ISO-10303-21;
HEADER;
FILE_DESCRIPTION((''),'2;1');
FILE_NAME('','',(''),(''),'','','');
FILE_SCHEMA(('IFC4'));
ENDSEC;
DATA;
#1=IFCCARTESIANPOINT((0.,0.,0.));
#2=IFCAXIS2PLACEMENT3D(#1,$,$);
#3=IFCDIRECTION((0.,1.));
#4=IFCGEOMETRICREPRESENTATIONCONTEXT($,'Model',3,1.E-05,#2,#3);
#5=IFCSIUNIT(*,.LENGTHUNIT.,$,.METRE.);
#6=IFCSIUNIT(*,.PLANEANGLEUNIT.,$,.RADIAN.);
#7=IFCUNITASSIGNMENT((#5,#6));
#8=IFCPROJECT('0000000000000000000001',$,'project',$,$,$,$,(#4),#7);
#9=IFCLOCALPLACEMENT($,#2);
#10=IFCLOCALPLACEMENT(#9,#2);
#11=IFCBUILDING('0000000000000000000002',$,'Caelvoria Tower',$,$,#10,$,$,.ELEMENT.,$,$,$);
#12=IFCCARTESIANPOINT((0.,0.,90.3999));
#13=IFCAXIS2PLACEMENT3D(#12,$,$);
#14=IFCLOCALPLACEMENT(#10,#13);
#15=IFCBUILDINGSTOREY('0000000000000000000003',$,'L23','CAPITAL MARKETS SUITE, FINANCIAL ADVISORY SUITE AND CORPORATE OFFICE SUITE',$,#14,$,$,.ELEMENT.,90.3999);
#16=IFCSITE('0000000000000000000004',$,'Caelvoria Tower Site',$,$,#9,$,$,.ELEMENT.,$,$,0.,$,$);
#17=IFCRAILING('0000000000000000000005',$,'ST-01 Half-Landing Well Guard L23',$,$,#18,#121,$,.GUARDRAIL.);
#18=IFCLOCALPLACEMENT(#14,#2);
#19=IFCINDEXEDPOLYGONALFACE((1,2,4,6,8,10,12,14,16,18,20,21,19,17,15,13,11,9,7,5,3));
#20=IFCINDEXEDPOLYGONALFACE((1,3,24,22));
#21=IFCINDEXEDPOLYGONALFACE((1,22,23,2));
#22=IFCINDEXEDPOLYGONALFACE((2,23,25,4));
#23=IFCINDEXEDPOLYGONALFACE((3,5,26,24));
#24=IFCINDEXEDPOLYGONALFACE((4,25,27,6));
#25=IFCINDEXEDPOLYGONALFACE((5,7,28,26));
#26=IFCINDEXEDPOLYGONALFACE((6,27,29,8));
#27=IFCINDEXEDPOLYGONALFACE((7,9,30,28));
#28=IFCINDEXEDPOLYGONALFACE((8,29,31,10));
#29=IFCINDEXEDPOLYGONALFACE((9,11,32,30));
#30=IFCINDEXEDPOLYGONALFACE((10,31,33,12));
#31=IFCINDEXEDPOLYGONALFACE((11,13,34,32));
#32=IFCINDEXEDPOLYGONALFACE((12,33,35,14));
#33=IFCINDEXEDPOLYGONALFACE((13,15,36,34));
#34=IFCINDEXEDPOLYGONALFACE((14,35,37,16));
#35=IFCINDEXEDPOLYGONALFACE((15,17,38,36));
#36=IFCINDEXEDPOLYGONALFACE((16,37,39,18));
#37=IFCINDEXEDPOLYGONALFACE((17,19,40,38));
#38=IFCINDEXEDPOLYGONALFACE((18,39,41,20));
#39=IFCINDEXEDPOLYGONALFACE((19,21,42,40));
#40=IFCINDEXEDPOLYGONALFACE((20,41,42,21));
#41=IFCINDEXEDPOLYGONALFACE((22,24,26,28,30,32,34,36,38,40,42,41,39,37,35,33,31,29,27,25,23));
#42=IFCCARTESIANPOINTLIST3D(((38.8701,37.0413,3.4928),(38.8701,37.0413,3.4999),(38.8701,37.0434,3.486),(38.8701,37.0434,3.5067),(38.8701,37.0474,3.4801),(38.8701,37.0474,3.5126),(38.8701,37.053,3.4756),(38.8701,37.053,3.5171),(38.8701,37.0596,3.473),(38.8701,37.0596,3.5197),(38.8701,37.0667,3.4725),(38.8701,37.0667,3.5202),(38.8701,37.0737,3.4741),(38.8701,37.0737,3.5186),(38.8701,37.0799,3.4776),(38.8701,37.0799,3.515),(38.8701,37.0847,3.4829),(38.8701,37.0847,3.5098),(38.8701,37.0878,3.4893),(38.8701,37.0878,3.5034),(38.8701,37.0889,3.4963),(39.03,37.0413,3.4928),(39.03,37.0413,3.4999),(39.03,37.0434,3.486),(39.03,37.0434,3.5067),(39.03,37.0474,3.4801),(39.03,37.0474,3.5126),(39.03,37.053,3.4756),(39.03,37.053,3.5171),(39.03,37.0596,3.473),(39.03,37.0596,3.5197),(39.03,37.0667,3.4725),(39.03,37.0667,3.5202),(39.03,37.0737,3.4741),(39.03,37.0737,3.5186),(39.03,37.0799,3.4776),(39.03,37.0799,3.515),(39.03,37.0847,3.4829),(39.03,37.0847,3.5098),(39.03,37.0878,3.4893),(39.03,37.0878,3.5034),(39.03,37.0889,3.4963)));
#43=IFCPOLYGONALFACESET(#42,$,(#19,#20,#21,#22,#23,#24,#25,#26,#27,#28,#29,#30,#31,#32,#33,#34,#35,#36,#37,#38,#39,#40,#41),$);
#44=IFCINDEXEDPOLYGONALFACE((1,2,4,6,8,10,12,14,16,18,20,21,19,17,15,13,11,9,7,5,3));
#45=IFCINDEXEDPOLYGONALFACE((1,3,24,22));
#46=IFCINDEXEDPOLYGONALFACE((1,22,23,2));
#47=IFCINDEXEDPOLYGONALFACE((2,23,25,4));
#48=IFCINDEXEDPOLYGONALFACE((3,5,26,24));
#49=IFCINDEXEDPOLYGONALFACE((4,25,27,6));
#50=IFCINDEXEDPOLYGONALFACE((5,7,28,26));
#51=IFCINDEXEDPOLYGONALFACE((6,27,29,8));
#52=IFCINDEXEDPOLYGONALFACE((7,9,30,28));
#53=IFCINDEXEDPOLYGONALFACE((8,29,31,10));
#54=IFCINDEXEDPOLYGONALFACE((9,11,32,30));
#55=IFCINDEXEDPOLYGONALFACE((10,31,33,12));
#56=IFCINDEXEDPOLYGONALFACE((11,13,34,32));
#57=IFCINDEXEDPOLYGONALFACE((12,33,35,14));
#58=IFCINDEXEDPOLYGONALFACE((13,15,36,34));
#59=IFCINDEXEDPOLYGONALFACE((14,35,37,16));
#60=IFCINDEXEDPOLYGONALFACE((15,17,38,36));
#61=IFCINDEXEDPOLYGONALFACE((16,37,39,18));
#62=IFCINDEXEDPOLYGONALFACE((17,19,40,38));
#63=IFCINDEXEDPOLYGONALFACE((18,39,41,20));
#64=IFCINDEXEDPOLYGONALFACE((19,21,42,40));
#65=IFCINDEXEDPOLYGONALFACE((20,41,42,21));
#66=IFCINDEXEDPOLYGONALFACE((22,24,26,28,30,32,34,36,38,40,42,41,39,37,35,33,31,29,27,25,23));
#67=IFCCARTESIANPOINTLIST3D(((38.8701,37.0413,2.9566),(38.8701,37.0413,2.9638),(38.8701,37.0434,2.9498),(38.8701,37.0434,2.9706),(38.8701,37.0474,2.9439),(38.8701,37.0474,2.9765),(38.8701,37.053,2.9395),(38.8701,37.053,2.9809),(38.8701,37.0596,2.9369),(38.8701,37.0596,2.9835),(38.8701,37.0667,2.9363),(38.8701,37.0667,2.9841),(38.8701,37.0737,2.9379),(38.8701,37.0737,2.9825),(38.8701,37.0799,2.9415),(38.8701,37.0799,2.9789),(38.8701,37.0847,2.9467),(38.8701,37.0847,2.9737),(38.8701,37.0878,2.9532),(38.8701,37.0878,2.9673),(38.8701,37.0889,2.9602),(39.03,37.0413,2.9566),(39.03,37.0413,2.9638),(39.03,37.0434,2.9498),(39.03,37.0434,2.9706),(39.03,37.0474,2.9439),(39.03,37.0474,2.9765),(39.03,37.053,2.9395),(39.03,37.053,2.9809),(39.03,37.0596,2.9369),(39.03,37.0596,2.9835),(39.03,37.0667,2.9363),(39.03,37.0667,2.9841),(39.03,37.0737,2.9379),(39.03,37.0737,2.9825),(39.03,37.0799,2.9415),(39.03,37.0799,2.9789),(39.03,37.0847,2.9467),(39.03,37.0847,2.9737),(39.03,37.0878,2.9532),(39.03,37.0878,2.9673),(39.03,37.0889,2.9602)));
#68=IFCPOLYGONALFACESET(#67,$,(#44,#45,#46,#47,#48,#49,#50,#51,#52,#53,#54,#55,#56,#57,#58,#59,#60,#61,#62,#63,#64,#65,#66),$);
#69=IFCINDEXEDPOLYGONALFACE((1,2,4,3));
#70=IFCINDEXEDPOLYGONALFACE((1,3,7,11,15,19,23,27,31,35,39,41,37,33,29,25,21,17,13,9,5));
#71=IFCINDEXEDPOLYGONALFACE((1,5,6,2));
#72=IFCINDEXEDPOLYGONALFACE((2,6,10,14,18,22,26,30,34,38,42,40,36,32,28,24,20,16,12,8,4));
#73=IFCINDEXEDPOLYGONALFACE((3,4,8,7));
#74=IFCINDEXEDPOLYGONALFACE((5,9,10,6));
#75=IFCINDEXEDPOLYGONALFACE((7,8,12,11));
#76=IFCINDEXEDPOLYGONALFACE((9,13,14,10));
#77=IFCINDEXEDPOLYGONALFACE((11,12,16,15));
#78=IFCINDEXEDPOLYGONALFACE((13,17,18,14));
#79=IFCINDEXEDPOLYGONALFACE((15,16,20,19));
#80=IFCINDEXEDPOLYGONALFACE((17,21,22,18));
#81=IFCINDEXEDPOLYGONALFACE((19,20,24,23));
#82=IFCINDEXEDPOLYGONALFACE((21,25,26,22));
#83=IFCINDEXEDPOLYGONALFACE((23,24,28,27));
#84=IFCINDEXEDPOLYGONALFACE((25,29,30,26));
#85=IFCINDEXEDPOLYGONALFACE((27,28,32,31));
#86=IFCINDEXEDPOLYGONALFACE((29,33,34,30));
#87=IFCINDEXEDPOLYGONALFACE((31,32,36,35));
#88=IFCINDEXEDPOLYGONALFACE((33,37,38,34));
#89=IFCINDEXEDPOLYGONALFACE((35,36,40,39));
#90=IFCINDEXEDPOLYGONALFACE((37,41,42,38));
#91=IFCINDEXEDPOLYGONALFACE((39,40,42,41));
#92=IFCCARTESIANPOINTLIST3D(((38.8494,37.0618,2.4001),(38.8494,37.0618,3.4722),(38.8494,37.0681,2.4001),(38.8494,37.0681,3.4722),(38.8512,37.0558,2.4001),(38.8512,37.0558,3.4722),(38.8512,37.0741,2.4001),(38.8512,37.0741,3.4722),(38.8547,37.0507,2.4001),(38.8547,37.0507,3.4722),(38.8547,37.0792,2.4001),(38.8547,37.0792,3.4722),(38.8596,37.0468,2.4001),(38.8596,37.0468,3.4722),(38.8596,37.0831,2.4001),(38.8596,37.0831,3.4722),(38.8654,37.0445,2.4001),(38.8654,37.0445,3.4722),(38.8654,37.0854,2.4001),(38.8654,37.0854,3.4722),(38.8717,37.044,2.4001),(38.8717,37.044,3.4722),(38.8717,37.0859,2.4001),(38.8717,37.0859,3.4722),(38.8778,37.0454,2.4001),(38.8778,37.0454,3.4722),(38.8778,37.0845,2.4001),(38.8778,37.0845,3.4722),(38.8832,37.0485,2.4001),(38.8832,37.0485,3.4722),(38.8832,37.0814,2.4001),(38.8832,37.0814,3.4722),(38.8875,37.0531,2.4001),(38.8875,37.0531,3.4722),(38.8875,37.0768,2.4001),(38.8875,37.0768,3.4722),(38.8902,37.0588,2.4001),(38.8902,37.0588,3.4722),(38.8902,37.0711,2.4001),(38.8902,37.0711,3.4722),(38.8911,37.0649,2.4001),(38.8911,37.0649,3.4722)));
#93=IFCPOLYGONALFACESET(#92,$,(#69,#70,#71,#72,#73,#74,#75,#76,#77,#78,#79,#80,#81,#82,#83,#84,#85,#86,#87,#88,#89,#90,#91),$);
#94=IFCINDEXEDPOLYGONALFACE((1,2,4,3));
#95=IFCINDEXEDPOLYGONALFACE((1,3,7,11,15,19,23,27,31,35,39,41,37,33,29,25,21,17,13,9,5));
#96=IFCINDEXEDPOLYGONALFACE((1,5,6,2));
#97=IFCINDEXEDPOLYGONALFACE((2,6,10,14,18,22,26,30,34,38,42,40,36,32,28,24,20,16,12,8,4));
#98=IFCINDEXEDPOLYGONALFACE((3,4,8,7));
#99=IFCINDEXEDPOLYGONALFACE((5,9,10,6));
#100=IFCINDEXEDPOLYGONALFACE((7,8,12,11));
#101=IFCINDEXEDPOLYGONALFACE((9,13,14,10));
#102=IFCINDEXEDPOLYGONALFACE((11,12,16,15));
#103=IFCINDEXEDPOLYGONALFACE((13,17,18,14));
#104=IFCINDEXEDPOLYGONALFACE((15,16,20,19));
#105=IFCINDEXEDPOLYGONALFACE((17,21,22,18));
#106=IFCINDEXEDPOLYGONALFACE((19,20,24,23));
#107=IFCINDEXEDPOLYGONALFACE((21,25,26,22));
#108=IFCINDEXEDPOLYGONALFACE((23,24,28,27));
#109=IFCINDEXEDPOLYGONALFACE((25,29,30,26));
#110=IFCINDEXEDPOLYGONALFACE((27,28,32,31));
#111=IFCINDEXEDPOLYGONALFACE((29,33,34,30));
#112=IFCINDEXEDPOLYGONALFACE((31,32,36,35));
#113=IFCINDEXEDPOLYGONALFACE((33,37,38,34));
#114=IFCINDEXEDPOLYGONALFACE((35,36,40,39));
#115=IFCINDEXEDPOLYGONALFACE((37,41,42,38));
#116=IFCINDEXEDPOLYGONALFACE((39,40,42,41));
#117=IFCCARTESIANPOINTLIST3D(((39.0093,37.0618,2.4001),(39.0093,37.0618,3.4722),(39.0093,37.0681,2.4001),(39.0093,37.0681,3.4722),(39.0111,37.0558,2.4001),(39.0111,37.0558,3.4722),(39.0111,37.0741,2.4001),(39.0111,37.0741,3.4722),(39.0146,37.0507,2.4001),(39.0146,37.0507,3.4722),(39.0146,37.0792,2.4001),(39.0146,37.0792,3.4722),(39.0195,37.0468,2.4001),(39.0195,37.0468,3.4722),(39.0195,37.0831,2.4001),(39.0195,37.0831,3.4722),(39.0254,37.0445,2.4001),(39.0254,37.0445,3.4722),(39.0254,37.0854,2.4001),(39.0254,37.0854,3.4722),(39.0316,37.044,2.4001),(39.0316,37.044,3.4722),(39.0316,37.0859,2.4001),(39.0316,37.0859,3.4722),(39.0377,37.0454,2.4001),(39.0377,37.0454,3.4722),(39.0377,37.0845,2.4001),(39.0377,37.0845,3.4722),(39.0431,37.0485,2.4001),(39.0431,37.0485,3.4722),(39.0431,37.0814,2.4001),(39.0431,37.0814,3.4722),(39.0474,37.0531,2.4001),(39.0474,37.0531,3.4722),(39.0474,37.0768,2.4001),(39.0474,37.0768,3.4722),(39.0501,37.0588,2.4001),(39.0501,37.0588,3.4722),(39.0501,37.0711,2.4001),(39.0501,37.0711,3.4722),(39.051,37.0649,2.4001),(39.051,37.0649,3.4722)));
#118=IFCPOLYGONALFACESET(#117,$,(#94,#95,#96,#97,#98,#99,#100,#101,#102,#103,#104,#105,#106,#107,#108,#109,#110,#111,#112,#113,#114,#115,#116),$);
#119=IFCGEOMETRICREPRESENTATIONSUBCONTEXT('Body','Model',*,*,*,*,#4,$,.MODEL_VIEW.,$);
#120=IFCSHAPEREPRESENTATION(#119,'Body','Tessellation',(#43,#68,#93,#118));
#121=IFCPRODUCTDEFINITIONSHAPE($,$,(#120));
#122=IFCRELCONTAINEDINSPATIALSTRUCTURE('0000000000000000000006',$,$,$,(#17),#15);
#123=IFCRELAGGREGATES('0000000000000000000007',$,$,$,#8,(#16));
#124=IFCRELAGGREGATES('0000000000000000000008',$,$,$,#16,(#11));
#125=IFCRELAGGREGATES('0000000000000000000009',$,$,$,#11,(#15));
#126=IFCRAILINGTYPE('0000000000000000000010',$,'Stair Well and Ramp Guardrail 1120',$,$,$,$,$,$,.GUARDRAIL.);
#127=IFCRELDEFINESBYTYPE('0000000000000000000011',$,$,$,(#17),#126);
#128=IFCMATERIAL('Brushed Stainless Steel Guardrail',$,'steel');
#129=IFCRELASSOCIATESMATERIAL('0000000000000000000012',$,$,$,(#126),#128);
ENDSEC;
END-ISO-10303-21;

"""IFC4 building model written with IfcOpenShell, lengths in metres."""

from ifc_helpers import new_model, si_unit, direction, frame, origin, origin_2d, place, context, subcontext, project, spatial, circle, extrude, material, type_object, element, save


model = new_model("IFC4")

# Units and contexts
model_context = context("Model", 3, precision=1e-05, world=origin(), true_north=direction((0.0, 1.0)))
body_context = subcontext(model_context, "Body", "Model", "MODEL_VIEW")
ifc_project = project(units=[si_unit("LENGTHUNIT", "METRE"), si_unit("PLANEANGLEUNIT", "RADIAN")], contexts=[model_context])

# Site, building, storey
site_placement = place(None, origin())
site = spatial("IfcSite", under=ifc_project, at=site_placement, Name="Caelvoria Tower Site", CompositionType="ELEMENT", RefElevation=0.0)
building_placement = place(site_placement, origin())
building = spatial("IfcBuilding", under=site, at=building_placement, Name="Caelvoria Tower", CompositionType="ELEMENT")
storey_placement = place(building_placement, frame((0.0, 0.0, 90.3999)))
storey = spatial("IfcBuildingStorey", under=building, at=storey_placement, Name="L23", Description="CAPITAL MARKETS SUITE, FINANCIAL ADVISORY SUITE AND CORPORATE OFFICE SUITE", CompositionType="ELEMENT", Elevation=90.3999)

# Railing
ifc_material_1 = material(Name="Brushed Stainless Steel Guardrail", Category="steel")
railing_type_1 = type_object("IfcRailingType", Name="Stair Well and Ramp Guardrail 1120", PredefinedType="GUARDRAIL", material=ifc_material_1)
railing_1_placement = place(storey_placement, frame((38.8701, 37.0649, 2.4001)))
element("IfcRailing", 1, at=railing_1_placement, inside=storey, type_object=railing_type_1, Name="ST-01 Half-Landing Well Guard L23", PredefinedType="GUARDRAIL", context=body_context, shape_type="SweptSolid", body=[
    extrude(circle(Radius=0.0239, at=origin_2d()), frame((0.0, 0.0, 1.0962), z_axis=(1.0, 0.0, 0.0), x_axis=(0.0, 1.0, 0.0)), (0.0, 0.0, 1.0), 0.1599),
    extrude(circle(Radius=0.0239, at=origin_2d()), frame((0.0, 0.0, 0.5601), z_axis=(1.0, 0.0, 0.0), x_axis=(0.0, 1.0, 0.0)), (0.0, 0.0, 1.0), 0.1599),
    extrude(circle(Radius=0.021, at=origin_2d()), origin(), (0.0, 0.0, 1.0), 1.072),
    extrude(circle(Radius=0.021, at=origin_2d()), frame((0.1599, 0.0, 0.0)), (0.0, 0.0, 1.0), 1.072),
])

save(model, "model.ifc")
